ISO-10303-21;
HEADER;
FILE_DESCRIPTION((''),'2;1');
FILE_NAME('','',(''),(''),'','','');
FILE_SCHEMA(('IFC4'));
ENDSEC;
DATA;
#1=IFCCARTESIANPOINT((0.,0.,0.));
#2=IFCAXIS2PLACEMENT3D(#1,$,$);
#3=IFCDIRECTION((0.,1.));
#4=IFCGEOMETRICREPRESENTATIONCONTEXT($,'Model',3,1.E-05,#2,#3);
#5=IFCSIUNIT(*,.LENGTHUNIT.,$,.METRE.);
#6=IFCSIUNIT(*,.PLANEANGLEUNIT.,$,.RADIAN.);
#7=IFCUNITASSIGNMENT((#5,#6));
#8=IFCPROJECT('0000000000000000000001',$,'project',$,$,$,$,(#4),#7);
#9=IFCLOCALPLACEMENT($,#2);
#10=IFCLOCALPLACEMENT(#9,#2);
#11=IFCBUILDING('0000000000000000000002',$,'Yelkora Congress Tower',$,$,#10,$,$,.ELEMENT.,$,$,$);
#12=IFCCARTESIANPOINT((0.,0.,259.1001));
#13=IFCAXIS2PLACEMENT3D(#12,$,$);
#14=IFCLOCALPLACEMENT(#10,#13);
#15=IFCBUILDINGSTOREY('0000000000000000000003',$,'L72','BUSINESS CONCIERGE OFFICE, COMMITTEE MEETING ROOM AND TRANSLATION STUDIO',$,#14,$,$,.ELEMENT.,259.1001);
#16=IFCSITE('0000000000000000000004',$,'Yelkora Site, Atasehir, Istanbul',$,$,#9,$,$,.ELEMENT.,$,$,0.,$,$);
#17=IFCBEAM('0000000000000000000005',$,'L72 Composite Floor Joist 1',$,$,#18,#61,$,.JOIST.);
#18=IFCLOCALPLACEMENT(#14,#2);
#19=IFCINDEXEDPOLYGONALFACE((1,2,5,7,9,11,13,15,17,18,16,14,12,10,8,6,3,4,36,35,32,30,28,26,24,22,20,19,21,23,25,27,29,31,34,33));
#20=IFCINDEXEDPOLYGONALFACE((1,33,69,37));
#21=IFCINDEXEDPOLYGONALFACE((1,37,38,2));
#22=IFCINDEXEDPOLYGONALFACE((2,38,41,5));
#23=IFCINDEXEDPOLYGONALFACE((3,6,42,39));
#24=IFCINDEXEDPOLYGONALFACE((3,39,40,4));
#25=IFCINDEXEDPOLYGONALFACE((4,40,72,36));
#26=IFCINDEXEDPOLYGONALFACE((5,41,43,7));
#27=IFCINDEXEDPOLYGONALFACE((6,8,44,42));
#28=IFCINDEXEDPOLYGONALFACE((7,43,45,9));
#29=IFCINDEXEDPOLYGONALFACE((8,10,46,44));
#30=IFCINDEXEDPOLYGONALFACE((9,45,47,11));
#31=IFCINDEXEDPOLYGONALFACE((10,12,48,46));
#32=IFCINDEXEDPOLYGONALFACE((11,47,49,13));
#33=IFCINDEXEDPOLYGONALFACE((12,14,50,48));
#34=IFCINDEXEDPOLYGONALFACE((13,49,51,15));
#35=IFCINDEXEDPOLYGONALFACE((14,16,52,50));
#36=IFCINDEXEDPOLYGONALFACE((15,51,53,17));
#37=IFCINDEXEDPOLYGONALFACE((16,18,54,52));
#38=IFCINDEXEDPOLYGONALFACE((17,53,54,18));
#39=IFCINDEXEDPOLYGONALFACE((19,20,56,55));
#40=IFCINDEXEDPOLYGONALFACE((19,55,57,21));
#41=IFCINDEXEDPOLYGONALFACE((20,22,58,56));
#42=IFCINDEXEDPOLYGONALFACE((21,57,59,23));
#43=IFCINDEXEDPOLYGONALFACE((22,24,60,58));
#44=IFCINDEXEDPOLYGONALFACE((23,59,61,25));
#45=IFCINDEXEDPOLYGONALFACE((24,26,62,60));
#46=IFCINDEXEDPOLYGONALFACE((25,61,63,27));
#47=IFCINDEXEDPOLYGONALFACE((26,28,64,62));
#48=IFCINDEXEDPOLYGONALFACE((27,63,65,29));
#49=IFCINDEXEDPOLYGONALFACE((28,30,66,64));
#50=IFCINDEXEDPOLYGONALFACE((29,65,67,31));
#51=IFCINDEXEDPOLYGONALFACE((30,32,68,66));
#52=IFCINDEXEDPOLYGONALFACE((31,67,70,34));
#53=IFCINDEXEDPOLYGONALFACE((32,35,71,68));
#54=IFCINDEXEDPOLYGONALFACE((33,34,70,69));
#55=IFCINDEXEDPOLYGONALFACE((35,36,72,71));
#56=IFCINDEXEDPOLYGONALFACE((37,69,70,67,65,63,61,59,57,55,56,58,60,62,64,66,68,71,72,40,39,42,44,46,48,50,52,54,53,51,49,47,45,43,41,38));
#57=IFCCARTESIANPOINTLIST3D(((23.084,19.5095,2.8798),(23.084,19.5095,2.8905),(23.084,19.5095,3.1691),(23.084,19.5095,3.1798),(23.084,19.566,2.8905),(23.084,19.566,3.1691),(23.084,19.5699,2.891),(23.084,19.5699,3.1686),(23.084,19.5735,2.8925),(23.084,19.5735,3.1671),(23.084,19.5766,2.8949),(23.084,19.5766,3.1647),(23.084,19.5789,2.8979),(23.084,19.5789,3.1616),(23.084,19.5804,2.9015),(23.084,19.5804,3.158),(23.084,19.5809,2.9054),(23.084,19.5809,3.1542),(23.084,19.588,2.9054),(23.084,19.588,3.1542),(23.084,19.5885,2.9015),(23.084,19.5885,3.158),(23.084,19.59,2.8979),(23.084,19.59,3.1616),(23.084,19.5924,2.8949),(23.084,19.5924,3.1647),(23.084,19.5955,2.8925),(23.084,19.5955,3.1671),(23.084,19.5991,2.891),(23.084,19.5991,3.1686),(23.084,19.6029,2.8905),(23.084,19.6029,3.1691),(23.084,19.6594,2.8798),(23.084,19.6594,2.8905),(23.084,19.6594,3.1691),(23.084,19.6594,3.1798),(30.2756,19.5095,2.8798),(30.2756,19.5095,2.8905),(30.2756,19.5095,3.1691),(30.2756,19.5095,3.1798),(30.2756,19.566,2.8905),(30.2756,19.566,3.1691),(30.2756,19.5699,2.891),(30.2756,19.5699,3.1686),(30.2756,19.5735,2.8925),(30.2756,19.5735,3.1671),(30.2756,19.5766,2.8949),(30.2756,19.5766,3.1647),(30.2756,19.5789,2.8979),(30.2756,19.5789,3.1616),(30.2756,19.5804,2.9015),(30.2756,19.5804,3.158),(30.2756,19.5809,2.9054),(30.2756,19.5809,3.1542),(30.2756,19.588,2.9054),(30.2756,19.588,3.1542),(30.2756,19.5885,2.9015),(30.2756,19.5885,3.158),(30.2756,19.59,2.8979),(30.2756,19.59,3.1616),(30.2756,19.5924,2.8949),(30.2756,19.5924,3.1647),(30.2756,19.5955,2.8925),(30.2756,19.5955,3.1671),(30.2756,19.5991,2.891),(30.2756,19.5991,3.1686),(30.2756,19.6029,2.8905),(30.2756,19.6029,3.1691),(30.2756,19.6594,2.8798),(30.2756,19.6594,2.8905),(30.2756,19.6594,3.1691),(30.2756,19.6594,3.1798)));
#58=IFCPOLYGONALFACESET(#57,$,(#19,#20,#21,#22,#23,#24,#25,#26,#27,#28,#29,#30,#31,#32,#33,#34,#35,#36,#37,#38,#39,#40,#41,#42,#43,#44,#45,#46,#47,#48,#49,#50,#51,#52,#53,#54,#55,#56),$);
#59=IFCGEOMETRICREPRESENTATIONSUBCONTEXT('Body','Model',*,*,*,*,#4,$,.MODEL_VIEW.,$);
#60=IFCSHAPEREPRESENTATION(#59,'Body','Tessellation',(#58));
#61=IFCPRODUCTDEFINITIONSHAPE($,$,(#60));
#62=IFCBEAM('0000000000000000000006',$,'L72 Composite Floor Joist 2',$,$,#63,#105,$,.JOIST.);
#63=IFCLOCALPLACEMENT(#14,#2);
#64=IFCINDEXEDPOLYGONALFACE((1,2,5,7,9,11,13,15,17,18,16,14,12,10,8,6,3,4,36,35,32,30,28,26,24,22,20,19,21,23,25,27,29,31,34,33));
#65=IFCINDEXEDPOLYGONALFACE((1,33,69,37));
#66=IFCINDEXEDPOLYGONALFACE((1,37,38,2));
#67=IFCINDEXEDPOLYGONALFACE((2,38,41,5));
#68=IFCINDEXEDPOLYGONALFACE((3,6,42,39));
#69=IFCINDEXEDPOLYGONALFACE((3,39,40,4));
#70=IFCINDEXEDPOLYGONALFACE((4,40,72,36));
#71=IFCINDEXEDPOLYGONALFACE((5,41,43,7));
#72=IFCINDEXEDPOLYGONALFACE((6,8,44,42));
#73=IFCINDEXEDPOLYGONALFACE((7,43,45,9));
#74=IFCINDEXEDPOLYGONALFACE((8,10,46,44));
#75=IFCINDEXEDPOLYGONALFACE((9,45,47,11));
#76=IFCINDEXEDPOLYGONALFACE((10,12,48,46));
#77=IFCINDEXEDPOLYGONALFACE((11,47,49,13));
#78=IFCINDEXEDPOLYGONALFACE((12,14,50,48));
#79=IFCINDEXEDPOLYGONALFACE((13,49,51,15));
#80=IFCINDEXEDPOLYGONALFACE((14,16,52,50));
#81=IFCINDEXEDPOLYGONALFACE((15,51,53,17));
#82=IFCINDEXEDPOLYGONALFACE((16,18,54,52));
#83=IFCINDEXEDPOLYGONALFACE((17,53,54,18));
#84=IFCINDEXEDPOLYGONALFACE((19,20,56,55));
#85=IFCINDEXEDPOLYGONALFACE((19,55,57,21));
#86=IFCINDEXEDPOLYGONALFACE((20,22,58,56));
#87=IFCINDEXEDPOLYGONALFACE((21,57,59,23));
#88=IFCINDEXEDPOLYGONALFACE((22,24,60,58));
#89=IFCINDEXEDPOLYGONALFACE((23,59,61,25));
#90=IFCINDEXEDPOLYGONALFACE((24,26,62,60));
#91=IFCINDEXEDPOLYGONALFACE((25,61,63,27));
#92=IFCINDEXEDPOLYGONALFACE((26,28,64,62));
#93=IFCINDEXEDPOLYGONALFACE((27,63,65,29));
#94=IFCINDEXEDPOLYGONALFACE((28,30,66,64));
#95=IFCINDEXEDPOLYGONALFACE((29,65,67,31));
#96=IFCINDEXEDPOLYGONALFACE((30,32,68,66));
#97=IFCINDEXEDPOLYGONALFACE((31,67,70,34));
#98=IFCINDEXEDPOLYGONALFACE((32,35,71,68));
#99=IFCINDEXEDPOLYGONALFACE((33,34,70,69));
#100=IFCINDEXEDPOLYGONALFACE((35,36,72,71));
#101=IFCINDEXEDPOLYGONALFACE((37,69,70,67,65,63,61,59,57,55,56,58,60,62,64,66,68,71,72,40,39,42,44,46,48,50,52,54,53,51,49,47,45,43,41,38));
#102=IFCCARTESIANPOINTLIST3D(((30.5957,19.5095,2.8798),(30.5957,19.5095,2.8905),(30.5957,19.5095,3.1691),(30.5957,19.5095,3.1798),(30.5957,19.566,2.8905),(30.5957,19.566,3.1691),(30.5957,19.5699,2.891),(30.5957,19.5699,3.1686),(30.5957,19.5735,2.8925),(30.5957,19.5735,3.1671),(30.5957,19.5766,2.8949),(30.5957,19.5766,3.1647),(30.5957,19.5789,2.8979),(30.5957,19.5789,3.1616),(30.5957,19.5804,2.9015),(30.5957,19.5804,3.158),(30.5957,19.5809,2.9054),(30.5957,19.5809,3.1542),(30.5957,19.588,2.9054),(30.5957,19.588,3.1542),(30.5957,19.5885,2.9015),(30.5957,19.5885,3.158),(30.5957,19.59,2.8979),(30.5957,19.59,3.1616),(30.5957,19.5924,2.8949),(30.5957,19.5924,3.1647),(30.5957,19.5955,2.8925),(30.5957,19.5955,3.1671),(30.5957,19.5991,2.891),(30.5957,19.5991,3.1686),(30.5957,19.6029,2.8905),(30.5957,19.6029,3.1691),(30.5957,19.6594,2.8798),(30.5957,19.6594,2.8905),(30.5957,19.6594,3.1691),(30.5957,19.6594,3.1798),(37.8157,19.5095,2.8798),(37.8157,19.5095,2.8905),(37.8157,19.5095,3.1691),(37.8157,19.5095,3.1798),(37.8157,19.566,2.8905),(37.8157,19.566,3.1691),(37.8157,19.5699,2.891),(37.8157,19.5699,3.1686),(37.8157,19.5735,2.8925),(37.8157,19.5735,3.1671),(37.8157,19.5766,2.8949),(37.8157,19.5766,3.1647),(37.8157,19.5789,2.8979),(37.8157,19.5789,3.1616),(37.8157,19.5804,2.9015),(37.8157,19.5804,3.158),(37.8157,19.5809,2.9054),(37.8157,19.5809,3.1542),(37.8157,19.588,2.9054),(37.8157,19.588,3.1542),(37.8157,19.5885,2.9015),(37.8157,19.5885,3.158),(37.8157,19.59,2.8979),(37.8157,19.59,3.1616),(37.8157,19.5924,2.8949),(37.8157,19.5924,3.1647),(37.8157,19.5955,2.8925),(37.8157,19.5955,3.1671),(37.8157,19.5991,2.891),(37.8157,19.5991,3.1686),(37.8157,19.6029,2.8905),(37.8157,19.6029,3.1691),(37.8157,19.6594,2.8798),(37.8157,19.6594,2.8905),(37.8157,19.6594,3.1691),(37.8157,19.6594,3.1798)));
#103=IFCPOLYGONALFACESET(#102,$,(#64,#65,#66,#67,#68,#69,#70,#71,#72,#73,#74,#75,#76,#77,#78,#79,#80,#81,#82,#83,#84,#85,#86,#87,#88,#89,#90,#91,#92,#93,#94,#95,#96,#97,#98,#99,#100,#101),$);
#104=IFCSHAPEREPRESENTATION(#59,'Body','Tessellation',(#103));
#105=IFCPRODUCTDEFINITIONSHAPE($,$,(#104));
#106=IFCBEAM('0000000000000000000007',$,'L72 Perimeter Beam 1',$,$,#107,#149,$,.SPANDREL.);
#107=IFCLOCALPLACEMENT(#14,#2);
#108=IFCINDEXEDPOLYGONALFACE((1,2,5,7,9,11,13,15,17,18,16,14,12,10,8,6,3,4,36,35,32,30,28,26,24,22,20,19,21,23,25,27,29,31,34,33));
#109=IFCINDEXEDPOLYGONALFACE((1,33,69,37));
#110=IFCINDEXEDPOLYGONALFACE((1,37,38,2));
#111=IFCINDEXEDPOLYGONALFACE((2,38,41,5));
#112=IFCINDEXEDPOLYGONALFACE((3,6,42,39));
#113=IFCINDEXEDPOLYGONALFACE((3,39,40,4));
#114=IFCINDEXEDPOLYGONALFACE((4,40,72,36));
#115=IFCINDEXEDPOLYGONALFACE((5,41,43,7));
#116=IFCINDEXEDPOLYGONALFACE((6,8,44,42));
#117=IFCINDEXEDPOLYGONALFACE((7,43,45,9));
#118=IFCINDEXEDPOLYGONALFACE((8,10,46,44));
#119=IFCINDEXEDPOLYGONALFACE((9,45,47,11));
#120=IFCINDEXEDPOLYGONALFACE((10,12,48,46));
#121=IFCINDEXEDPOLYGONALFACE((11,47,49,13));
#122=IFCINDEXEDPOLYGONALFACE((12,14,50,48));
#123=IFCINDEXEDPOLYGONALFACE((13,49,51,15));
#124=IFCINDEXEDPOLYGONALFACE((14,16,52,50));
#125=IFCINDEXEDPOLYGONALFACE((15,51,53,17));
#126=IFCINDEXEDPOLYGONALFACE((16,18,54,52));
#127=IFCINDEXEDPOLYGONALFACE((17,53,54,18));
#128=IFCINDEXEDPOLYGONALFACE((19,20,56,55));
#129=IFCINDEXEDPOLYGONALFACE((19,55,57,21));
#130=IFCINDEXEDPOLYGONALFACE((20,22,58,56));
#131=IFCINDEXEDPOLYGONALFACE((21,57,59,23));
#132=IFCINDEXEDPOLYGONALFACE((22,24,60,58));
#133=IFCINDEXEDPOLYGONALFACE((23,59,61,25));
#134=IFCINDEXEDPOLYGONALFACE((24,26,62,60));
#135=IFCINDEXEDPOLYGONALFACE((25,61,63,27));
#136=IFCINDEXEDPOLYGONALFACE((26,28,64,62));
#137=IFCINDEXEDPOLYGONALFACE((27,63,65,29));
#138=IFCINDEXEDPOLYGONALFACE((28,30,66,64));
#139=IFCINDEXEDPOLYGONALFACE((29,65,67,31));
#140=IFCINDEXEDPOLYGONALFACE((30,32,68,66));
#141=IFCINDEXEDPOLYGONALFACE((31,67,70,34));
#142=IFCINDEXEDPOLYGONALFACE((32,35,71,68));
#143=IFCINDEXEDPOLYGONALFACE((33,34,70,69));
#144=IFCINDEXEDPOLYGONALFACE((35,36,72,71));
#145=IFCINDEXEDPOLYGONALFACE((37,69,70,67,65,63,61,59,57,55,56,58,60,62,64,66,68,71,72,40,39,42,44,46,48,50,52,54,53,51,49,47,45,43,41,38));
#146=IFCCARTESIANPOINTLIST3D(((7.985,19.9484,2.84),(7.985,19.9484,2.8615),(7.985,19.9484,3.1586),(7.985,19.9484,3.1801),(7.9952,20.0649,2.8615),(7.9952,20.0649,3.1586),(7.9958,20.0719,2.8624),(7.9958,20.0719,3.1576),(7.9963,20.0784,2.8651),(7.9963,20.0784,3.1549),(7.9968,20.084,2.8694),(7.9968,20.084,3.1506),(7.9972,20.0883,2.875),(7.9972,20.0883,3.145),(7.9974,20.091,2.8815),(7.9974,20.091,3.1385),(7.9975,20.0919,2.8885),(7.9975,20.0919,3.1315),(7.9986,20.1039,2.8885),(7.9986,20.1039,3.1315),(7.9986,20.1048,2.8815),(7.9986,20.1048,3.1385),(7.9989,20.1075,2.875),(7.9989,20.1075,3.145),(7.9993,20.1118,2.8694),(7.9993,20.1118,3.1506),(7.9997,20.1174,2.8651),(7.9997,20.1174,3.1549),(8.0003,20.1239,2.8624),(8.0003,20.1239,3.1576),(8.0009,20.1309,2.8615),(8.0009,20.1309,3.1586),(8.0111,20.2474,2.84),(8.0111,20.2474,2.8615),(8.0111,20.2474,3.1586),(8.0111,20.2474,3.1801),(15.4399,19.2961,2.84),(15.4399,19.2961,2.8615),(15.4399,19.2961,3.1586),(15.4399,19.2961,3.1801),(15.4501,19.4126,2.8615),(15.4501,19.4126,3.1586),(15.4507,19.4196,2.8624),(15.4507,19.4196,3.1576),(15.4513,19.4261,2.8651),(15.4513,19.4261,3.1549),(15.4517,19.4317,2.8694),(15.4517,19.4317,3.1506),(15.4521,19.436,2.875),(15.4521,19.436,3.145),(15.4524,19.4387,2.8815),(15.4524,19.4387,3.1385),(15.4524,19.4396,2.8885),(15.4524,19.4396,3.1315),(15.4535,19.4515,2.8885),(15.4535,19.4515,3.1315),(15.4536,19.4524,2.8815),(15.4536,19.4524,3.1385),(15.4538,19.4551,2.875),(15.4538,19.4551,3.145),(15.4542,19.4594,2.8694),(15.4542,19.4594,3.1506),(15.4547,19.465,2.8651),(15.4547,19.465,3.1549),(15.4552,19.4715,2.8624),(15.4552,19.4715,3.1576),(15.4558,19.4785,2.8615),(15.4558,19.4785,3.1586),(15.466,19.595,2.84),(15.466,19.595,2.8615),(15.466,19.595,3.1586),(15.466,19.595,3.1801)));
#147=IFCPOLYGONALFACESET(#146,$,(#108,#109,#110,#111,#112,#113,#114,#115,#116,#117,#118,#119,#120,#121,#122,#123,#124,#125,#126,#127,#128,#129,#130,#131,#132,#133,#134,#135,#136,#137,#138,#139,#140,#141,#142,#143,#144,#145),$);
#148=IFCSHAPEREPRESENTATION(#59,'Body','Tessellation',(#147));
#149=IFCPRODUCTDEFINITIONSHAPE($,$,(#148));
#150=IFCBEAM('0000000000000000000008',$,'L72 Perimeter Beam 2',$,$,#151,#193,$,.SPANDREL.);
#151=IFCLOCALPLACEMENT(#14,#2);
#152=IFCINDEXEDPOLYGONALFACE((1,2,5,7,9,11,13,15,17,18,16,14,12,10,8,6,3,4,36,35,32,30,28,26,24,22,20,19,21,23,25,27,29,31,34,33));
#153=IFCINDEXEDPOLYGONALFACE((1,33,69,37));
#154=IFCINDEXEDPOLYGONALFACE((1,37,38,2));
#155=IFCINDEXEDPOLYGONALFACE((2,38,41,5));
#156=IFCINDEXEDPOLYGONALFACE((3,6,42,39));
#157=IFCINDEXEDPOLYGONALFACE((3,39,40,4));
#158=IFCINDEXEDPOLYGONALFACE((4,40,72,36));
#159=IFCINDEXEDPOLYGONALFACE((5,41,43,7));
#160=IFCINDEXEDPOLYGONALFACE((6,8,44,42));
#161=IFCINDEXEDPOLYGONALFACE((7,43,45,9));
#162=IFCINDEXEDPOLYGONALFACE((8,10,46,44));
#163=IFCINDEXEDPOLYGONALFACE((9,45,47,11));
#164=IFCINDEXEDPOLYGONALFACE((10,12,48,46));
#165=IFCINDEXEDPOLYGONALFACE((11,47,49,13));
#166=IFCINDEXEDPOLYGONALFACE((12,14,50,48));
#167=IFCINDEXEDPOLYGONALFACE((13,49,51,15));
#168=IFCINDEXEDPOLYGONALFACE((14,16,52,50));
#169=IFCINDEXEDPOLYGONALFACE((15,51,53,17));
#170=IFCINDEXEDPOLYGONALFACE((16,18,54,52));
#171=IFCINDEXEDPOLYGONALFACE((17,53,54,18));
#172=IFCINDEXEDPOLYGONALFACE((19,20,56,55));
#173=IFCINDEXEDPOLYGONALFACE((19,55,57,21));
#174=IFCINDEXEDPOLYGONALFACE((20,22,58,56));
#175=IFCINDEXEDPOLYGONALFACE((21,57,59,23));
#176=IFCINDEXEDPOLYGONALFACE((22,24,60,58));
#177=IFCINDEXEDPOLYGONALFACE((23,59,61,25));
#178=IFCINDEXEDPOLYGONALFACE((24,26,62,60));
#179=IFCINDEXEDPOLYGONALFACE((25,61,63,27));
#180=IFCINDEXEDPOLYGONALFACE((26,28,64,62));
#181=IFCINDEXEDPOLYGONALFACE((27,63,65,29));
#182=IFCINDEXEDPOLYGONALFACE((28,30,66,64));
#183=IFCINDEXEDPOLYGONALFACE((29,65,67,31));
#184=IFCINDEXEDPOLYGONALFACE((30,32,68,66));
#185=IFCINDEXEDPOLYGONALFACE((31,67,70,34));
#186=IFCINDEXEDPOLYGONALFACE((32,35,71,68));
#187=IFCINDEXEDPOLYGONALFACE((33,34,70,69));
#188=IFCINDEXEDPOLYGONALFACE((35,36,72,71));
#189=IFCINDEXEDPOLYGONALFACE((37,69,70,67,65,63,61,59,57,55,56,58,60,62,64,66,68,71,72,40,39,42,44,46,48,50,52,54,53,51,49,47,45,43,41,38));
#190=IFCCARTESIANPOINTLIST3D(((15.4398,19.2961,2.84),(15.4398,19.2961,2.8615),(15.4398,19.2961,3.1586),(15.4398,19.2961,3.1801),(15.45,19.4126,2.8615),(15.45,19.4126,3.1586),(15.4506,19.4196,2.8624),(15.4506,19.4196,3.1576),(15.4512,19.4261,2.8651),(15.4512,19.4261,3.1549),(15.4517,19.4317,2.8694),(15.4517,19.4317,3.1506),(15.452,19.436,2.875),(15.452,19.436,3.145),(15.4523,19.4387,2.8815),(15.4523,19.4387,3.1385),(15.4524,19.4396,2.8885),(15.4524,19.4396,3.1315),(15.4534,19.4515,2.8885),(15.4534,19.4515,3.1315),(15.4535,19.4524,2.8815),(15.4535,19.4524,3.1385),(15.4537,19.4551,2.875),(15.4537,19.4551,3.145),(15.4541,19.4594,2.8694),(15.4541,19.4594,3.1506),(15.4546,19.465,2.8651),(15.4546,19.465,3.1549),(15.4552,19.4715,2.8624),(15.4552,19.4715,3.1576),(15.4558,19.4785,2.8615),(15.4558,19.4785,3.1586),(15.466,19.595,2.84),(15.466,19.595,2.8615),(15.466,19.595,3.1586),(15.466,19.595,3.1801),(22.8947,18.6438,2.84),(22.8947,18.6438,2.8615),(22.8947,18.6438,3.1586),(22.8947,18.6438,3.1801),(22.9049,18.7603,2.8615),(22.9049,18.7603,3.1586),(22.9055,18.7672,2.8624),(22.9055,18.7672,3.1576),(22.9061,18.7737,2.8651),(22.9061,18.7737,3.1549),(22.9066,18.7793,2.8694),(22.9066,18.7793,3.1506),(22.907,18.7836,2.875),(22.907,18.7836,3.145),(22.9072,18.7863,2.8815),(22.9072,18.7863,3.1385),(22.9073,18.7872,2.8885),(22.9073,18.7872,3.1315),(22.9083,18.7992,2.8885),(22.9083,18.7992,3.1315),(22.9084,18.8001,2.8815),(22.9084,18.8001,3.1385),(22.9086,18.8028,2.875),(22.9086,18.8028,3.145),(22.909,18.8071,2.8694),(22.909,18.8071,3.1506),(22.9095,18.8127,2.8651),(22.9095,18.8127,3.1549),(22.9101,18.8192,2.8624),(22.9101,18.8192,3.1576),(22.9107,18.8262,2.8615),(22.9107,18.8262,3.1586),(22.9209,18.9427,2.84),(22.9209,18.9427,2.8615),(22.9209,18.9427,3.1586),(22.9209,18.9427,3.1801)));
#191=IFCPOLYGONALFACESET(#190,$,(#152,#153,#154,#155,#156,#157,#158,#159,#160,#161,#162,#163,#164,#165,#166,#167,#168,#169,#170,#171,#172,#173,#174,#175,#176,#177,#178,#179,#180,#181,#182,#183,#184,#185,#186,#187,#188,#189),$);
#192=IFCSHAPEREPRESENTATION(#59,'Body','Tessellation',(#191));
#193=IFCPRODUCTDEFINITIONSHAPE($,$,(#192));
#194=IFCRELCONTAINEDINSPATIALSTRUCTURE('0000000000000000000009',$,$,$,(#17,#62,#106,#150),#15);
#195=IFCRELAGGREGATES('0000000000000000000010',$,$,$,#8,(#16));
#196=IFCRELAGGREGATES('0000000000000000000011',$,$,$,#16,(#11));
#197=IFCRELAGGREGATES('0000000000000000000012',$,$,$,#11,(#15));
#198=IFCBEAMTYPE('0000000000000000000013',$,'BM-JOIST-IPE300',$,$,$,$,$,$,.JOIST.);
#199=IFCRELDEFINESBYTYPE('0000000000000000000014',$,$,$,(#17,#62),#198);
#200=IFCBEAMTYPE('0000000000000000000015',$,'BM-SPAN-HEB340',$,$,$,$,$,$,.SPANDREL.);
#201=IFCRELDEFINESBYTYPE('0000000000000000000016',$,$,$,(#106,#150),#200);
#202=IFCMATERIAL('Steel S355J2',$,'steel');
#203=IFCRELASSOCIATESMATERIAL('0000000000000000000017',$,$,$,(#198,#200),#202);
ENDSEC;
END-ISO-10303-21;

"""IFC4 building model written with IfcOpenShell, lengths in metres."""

from ifc_helpers import new_model, si_unit, direction, frame, origin, origin_2d, place, context, subcontext, project, spatial, i_section, extrude, material, material_profile, profile_set, type_object, element, save


model = new_model("IFC4")

# Units and contexts
model_context = context("Model", 3, precision=1e-05, world=origin(), true_north=direction((0.0, 1.0)))
body_context = subcontext(model_context, "Body", "Model", "MODEL_VIEW")
ifc_project = project(units=[si_unit("LENGTHUNIT", "METRE"), si_unit("PLANEANGLEUNIT", "RADIAN")], contexts=[model_context])

# Site, building, storey
site_placement = place(None, origin())
site = spatial("IfcSite", under=ifc_project, at=site_placement, Name="Yelkora Site, Atasehir, Istanbul", CompositionType="ELEMENT", RefElevation=0.0)
building_placement = place(site_placement, origin())
building = spatial("IfcBuilding", under=site, at=building_placement, Name="Yelkora Congress Tower", CompositionType="ELEMENT")
storey_placement = place(building_placement, frame((0.0, 0.0, 259.1001)))
storey = spatial("IfcBuildingStorey", under=building, at=storey_placement, Name="L72", Description="BUSINESS CONCIERGE OFFICE, COMMITTEE MEETING ROOM AND TRANSLATION STUDIO", CompositionType="ELEMENT", Elevation=259.1001)

# Shared definitions
ifc_material_1 = material(Name="Steel S355J2", Category="steel")

# Beams
ifc_material_profile_1 = material_profile(ifc_material_1, i_section(OverallWidth=0.1499, OverallDepth=0.3, WebThickness=0.0071, FlangeThickness=0.0107, FilletRadius=0.0149, at=origin_2d()), Name="IPE 300")
ifc_profile_set_1 = profile_set([ifc_material_profile_1], Name="Steel S355J2")
beam_type_1 = type_object("IfcBeamType", Name="BM-JOIST-IPE300", PredefinedType="JOIST", material=ifc_profile_set_1)
beam_1_placement = place(storey_placement, frame((23.084, 19.5845, 3.0298), z_axis=(1.0, 0.0, 0.0), x_axis=(0.0, 1.0, 0.0)))
element("IfcBeam", 1, at=beam_1_placement, inside=storey, type_object=beam_type_1, Name="L72 Composite Floor Joist 1", PredefinedType="JOIST", context=body_context, shape_type="SweptSolid", body=[
    extrude(i_section(OverallWidth=0.1499, OverallDepth=0.3, WebThickness=0.0071, FlangeThickness=0.0107, FilletRadius=0.0149, at=origin_2d()), origin(), (0.0, 0.0, 1.0), 7.1917),
])
beam_2_placement = place(storey_placement, frame((30.5957, 19.5845, 3.0298), z_axis=(1.0, 0.0, 0.0), x_axis=(0.0, 1.0, 0.0)))
element("IfcBeam", 2, at=beam_2_placement, inside=storey, type_object=beam_type_1, Name="L72 Composite Floor Joist 2", PredefinedType="JOIST", context=body_context, shape_type="SweptSolid", body=[
    extrude(i_section(OverallWidth=0.1499, OverallDepth=0.3, WebThickness=0.0071, FlangeThickness=0.0107, FilletRadius=0.0149, at=origin_2d()), origin(), (0.0, 0.0, 1.0), 7.22),
])
ifc_material_profile_2 = material_profile(ifc_material_1, i_section(OverallWidth=0.3, OverallDepth=0.3401, WebThickness=0.012, FlangeThickness=0.0215, FilletRadius=0.0271, at=origin_2d()), Name="HEB 340")
ifc_profile_set_2 = profile_set([ifc_material_profile_2], Name="Steel S355J2")
beam_type_2 = type_object("IfcBeamType", Name="BM-SPAN-HEB340", PredefinedType="SPANDREL", material=ifc_profile_set_2)
for number, where, z_axis, x_axis, name in (
    (3, (7.998, 20.0979, 3.01), (0.996193, -0.087173, 0.0), (0.087173, 0.996193, 0.0), "L72 Perimeter Beam 1"),
    (4, (15.4529, 19.4456, 3.01), (0.996193, -0.087173, 0.0), (0.087173, 0.996193, 0.0), "L72 Perimeter Beam 2"),
):
    element("IfcBeam", number, at=place(storey_placement, frame(where, z_axis=z_axis, x_axis=x_axis)), inside=storey, type_object=beam_type_2, Name=name, PredefinedType="SPANDREL", context=body_context, shape_type="SweptSolid", body=[
        extrude(i_section(OverallWidth=0.3, OverallDepth=0.3401, WebThickness=0.012, FlangeThickness=0.0215, FilletRadius=0.0271, at=origin_2d()), origin(), (0.0, 0.0, 1.0), 7.4834),
    ])

save(model, "model.ifc")
